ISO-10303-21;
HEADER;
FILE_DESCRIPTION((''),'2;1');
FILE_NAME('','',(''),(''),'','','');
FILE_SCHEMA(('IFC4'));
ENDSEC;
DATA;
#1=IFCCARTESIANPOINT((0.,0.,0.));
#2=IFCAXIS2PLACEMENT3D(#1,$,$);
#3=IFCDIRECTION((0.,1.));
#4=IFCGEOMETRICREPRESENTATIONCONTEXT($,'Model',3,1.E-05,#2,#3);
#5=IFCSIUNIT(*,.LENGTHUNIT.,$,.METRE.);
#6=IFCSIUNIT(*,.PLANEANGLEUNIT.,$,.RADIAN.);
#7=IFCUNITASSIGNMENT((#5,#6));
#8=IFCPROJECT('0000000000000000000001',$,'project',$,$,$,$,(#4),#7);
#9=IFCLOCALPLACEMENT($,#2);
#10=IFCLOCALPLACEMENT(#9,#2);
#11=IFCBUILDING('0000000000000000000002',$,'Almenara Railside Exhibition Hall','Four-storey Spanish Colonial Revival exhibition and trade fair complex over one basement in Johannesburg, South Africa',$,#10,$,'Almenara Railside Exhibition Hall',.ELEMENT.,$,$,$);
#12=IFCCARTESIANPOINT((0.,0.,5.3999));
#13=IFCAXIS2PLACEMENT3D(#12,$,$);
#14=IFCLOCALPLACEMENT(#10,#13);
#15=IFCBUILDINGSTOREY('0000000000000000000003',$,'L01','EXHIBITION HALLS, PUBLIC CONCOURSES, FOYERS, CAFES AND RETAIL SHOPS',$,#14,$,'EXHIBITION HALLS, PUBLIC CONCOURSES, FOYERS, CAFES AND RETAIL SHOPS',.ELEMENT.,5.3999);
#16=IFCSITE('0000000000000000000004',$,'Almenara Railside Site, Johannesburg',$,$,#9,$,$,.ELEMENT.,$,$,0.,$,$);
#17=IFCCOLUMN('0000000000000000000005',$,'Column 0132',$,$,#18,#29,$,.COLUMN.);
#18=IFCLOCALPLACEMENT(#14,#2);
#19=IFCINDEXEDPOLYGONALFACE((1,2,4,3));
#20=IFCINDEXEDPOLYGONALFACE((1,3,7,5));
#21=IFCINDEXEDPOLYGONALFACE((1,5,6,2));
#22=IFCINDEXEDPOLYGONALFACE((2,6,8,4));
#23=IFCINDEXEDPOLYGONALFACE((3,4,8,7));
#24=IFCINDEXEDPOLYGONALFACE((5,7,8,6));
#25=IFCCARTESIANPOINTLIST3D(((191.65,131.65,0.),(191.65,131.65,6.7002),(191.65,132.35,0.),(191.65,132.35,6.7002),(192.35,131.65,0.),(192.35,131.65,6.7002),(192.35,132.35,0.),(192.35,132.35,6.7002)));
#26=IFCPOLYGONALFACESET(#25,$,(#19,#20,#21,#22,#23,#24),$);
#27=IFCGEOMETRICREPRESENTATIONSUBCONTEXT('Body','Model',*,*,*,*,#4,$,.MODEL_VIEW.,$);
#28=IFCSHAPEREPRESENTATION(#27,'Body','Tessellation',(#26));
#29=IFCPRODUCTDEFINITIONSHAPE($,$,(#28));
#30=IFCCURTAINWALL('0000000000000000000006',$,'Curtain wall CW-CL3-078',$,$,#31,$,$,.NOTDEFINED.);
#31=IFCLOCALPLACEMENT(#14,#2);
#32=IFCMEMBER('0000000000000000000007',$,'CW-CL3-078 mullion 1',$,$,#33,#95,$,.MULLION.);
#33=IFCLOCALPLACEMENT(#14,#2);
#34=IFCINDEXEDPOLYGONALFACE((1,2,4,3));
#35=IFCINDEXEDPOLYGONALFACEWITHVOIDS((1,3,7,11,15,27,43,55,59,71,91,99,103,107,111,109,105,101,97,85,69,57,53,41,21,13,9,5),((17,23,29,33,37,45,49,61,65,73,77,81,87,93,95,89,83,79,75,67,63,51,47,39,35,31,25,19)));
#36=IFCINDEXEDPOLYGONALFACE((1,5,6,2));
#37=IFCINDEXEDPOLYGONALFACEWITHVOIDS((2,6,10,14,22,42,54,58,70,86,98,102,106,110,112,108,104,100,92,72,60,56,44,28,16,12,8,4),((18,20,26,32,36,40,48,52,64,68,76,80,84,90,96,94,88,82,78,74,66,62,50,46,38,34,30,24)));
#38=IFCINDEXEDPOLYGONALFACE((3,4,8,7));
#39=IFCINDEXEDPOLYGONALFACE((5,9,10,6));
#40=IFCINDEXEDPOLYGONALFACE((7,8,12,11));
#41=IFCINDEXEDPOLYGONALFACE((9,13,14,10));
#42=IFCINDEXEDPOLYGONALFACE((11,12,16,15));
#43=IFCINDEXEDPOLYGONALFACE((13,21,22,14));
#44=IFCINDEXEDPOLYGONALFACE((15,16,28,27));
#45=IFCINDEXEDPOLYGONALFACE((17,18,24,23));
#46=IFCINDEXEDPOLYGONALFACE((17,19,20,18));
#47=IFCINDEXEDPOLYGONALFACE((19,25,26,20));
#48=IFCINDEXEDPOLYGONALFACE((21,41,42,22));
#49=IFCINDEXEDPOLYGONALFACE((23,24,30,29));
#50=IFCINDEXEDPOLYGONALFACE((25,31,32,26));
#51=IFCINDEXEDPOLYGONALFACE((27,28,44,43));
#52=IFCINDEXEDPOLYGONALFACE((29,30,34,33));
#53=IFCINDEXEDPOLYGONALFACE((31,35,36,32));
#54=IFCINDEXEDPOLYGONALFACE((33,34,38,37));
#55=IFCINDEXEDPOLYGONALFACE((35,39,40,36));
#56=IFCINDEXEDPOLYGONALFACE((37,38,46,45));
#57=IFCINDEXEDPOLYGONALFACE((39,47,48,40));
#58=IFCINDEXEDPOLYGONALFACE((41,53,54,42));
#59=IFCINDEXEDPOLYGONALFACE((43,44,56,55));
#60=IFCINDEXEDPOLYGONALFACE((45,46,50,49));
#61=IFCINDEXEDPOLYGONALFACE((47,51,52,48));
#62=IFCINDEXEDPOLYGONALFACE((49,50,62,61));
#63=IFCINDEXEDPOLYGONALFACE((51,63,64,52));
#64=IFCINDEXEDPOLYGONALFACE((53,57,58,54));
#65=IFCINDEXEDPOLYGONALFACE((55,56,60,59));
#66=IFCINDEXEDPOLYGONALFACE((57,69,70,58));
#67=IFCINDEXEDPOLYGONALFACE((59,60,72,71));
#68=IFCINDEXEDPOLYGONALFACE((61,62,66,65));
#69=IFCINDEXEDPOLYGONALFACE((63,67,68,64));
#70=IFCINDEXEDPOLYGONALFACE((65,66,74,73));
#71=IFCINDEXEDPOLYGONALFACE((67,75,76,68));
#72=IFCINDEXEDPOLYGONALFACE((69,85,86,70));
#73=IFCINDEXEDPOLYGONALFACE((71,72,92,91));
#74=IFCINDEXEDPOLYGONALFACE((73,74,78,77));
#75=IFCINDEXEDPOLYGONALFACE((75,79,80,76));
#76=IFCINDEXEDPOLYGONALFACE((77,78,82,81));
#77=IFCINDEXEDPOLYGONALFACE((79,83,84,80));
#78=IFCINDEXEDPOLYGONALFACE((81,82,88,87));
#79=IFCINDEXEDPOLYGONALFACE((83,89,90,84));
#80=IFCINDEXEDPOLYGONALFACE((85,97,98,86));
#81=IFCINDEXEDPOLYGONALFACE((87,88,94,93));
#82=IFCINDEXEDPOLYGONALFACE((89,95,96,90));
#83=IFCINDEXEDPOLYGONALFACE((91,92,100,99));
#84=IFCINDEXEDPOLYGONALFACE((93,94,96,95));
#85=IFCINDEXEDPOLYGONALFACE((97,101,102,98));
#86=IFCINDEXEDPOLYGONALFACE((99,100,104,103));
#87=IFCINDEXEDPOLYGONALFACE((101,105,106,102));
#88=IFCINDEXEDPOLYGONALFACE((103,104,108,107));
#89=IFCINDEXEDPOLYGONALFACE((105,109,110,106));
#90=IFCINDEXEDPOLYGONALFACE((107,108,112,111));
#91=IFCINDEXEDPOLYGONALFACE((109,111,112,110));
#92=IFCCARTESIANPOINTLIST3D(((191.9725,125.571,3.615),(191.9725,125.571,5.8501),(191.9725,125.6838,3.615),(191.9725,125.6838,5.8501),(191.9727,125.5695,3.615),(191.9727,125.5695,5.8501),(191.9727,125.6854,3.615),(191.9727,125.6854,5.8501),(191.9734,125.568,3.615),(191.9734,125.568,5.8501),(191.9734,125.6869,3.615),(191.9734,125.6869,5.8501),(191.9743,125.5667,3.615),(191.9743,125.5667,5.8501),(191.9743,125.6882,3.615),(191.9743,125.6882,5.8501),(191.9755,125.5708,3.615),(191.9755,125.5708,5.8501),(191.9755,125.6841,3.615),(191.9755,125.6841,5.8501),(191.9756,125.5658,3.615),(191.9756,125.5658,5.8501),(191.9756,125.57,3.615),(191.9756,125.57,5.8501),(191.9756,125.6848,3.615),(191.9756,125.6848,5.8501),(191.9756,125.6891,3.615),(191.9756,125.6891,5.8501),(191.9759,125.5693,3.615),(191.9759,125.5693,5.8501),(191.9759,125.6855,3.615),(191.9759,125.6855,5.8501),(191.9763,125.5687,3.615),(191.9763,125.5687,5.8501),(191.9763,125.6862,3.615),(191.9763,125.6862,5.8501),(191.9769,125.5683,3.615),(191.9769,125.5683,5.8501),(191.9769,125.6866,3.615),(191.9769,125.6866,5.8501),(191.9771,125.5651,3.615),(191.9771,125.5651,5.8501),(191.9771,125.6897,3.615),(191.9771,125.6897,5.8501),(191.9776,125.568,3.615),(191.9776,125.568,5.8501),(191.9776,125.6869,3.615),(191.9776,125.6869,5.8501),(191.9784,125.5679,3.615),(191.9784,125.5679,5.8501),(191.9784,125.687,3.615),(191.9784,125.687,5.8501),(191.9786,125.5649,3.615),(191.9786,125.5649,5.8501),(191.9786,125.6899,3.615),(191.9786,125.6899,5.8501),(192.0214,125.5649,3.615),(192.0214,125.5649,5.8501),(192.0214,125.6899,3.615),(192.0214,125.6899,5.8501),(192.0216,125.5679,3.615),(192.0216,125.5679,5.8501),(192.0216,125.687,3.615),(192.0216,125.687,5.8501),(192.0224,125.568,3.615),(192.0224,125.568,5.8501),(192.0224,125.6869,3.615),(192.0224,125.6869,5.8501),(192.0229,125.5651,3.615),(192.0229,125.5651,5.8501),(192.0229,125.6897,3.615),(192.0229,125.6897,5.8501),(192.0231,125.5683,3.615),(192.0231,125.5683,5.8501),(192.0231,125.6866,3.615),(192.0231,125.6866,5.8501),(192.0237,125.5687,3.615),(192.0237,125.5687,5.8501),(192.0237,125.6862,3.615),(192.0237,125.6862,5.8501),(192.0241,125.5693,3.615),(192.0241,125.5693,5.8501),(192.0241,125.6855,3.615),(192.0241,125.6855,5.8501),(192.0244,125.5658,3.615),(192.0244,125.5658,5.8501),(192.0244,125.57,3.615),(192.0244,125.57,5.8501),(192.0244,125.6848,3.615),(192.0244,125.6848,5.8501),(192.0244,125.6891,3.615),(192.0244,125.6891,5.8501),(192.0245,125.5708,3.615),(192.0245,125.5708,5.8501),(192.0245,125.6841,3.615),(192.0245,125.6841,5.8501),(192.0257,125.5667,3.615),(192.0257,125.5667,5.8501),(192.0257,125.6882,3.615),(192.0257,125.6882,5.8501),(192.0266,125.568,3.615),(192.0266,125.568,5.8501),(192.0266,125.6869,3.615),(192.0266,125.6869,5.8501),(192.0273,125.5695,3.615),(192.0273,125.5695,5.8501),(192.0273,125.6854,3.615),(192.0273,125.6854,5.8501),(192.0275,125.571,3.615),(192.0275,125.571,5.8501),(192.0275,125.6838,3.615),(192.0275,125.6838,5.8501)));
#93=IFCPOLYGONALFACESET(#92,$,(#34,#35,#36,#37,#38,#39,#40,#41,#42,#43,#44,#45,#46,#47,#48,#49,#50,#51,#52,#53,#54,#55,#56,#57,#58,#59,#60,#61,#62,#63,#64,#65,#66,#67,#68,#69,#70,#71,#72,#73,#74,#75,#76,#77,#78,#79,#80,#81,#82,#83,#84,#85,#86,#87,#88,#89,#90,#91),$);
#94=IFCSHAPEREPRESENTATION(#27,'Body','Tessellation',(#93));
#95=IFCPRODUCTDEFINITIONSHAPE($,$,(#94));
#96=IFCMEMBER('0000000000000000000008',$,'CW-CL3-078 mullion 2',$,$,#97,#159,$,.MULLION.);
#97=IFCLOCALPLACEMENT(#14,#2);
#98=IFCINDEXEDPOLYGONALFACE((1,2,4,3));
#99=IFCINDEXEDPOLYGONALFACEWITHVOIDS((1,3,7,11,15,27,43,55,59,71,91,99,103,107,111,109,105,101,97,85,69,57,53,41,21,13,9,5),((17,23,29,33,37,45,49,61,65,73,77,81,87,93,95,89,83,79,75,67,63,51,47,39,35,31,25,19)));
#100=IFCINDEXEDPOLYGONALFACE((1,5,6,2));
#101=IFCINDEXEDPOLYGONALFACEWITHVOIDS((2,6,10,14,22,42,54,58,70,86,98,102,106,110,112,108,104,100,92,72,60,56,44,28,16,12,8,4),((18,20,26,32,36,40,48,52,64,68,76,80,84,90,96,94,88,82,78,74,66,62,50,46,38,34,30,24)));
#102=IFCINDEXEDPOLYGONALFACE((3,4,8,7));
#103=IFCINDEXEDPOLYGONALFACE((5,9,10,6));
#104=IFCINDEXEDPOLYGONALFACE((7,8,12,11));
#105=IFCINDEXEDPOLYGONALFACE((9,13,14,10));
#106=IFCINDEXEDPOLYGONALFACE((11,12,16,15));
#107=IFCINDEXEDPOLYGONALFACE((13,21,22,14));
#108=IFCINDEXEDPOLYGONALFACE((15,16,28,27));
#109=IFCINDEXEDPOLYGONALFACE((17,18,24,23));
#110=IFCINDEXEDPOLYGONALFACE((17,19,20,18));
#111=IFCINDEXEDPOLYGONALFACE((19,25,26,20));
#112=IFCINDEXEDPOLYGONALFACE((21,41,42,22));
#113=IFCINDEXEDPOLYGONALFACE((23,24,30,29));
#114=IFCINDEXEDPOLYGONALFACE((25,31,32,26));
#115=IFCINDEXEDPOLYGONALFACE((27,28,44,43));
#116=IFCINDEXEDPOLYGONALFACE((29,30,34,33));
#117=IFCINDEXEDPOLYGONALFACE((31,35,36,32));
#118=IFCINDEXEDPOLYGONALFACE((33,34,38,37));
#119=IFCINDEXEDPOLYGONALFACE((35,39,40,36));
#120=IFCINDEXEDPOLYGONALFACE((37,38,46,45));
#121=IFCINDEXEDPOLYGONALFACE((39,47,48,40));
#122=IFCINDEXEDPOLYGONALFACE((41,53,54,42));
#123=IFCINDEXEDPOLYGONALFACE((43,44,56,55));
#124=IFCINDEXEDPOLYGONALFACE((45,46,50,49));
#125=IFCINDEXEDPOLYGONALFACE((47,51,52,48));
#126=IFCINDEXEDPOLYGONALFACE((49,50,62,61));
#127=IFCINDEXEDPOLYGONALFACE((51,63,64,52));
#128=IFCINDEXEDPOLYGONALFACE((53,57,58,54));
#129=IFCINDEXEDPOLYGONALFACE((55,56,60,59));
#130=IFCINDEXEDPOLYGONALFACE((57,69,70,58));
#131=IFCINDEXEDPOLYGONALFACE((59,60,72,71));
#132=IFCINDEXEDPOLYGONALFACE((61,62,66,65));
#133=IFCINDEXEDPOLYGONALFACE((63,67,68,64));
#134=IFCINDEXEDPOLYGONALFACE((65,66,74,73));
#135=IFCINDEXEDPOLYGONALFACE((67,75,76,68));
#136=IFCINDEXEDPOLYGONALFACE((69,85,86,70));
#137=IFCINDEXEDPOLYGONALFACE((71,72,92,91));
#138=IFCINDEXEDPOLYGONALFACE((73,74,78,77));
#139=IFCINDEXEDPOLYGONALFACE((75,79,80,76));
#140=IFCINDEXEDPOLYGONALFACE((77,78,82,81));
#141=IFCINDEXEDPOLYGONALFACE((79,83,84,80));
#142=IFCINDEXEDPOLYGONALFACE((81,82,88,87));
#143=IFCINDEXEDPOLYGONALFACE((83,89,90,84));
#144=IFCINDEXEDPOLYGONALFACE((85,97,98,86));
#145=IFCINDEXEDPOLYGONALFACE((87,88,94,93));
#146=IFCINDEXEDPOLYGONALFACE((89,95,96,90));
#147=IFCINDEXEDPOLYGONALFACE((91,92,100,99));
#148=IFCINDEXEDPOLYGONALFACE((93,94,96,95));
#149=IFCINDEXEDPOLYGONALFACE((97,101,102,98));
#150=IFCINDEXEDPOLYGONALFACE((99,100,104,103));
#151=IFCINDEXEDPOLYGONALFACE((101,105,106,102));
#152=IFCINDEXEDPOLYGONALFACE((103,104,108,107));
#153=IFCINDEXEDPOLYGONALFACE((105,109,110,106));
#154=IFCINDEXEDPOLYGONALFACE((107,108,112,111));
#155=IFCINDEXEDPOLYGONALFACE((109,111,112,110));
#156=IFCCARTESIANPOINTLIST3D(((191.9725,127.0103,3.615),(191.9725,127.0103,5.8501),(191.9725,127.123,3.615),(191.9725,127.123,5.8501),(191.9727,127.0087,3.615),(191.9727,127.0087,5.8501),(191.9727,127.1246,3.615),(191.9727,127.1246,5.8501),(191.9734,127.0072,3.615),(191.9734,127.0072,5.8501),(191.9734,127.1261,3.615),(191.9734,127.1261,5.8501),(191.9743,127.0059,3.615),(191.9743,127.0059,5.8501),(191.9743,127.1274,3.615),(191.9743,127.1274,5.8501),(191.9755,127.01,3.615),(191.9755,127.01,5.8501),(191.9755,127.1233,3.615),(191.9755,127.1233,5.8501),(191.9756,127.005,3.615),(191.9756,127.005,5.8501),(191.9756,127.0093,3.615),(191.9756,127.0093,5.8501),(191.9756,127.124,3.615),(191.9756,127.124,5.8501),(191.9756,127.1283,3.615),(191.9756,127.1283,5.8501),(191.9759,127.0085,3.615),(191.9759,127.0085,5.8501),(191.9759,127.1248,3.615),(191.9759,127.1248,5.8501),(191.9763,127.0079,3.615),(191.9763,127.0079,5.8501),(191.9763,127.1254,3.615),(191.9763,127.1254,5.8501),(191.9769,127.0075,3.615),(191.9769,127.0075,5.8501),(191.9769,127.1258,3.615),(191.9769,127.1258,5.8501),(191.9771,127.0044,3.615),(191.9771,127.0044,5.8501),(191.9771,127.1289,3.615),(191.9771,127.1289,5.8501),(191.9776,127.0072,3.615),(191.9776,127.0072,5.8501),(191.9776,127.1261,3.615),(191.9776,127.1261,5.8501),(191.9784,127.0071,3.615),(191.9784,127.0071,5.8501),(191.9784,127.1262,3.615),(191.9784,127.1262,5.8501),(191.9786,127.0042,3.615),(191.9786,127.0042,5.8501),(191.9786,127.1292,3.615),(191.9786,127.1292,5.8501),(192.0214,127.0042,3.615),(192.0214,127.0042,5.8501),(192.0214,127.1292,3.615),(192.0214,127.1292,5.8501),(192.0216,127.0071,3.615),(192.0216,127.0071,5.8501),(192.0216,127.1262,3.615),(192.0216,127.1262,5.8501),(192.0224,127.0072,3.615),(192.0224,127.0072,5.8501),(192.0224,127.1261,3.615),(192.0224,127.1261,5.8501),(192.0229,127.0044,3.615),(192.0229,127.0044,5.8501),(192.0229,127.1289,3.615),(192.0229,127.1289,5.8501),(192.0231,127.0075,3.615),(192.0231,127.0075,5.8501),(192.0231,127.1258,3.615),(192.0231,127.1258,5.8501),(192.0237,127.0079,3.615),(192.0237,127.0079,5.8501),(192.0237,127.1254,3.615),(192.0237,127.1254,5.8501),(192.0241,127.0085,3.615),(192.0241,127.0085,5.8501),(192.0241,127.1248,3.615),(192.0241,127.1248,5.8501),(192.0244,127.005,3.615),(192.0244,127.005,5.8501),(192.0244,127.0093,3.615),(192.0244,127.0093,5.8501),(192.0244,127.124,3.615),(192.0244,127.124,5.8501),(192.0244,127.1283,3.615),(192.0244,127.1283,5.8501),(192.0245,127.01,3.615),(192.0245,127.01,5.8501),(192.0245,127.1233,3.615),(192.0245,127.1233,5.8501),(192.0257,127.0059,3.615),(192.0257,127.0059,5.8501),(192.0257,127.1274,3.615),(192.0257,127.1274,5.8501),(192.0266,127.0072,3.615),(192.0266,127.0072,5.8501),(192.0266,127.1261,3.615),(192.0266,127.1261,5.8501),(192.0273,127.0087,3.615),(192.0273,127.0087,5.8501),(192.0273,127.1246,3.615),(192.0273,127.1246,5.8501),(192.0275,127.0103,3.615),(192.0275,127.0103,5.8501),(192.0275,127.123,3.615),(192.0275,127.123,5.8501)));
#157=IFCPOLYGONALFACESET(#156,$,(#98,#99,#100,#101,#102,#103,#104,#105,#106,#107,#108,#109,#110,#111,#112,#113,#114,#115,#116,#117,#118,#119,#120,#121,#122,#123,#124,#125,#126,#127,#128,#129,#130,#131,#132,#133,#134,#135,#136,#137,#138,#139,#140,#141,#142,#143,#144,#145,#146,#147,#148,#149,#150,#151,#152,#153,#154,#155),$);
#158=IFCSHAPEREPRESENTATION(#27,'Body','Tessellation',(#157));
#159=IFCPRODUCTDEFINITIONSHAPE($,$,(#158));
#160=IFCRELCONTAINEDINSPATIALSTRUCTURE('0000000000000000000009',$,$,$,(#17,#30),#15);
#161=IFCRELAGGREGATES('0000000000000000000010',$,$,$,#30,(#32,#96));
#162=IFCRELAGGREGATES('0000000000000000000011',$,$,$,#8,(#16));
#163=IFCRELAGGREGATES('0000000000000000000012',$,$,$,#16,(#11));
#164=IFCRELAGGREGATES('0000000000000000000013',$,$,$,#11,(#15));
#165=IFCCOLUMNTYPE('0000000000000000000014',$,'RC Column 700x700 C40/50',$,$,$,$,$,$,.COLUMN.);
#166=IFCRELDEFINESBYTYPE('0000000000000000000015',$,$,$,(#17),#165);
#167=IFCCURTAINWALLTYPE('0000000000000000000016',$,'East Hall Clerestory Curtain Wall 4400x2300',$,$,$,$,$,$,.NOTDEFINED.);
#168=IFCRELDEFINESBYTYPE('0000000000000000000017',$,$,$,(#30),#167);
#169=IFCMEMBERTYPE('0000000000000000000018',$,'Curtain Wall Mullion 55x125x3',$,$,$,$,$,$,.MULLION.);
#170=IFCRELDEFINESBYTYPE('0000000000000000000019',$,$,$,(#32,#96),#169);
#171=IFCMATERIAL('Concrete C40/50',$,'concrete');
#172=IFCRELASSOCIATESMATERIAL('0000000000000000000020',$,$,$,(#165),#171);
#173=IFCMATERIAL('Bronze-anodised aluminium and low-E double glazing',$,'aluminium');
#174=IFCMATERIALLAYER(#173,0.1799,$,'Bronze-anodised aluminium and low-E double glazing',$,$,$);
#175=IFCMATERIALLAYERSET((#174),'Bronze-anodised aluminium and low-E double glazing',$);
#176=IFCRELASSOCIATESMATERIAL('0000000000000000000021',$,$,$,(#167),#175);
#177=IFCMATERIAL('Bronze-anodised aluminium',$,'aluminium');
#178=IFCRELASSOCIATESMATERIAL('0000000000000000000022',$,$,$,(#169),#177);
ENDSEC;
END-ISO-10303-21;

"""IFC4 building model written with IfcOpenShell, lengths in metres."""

from ifc_helpers import new_model, si_unit, direction, frame, origin, origin_2d, place, context, subcontext, project, spatial, rectangle, hollow_rectangle, extrude, material, layer, layer_set, material_profile, profile_set, type_object, element, aggregate, save


model = new_model("IFC4")

# Units and contexts
model_context = context("Model", 3, precision=1e-05, world=origin(), true_north=direction((0.0, 1.0)))
body_context = subcontext(model_context, "Body", "Model", "MODEL_VIEW")
ifc_project = project(units=[si_unit("LENGTHUNIT", "METRE"), si_unit("PLANEANGLEUNIT", "RADIAN")], contexts=[model_context])

# Site, building, storey
site_placement = place(None, origin())
site = spatial("IfcSite", under=ifc_project, at=site_placement, Name="Almenara Railside Site, Johannesburg", CompositionType="ELEMENT", RefElevation=0.0)
building_placement = place(site_placement, origin())
building = spatial("IfcBuilding", under=site, at=building_placement, Name="Almenara Railside Exhibition Hall", Description="Four-storey Spanish Colonial Revival exhibition and trade fair complex over one basement in Johannesburg, South Africa", LongName="Almenara Railside Exhibition Hall", CompositionType="ELEMENT")
storey_placement = place(building_placement, frame((0.0, 0.0, 5.3999)))
storey = spatial("IfcBuildingStorey", under=building, at=storey_placement, Name="L01", Description="EXHIBITION HALLS, PUBLIC CONCOURSES, FOYERS, CAFES AND RETAIL SHOPS", LongName="EXHIBITION HALLS, PUBLIC CONCOURSES, FOYERS, CAFES AND RETAIL SHOPS", CompositionType="ELEMENT", Elevation=5.3999)

# Column
ifc_material_1 = material(Name="Concrete C40/50", Category="concrete")
ifc_material_profile_1 = material_profile(ifc_material_1, rectangle(XDim=0.7, YDim=0.7, at=origin_2d()), Name="RC 700x700")
ifc_profile_set_1 = profile_set([ifc_material_profile_1], Name="Concrete C40/50")
column_type = type_object("IfcColumnType", Name="RC Column 700x700 C40/50", PredefinedType="COLUMN", material=ifc_profile_set_1)
column_placement = place(storey_placement, frame((192.0, 132.0, 0.0), z_axis=(0.0, 0.0, 1.0), x_axis=(1.0, 0.0, 0.0)))
element("IfcColumn", 1, at=column_placement, inside=storey, type_object=column_type, Name="Column 0132", PredefinedType="COLUMN", context=body_context, shape_type="SweptSolid", body=[
    extrude(rectangle(XDim=0.7, YDim=0.7, at=origin_2d()), origin(), (0.0, 0.0, 1.0), 6.7002),
])

# Curtain wall, members
ifc_material_2 = material(Name="Bronze-anodised aluminium and low-E double glazing", Category="aluminium")
ifc_layer_1 = layer(ifc_material_2, 0.1799, Name="Bronze-anodised aluminium and low-E double glazing")
ifc_layer_set_1 = layer_set([ifc_layer_1], Name="Bronze-anodised aluminium and low-E double glazing")
curtain_wall_type = type_object("IfcCurtainWallType", Name="East Hall Clerestory Curtain Wall 4400x2300", PredefinedType="NOTDEFINED", material=ifc_layer_set_1)
curtain_wall_1_placement = place(storey_placement, origin())
curtain_wall_1 = element("IfcCurtainWall", 2, at=curtain_wall_1_placement, inside=storey, type_object=curtain_wall_type, Name="Curtain wall CW-CL3-078", PredefinedType="NOTDEFINED")
ifc_material_3 = material(Name="Bronze-anodised aluminium", Category="aluminium")
ifc_material_profile_2 = material_profile(ifc_material_3, hollow_rectangle(XDim=0.0549, YDim=0.125, WallThickness=0.0029, InnerFilletRadius=0.0029, OuterFilletRadius=0.0061, at=origin_2d()), Name="ALU-MUL 55x125x3")
ifc_profile_set_2 = profile_set([ifc_material_profile_2], Name="Bronze-anodised aluminium")
member_type_1 = type_object("IfcMemberType", Name="Curtain Wall Mullion 55x125x3", PredefinedType="MULLION", material=ifc_profile_set_2)
member_1_placement = place(storey_placement, frame((192.0, 125.6274, 3.615), z_axis=(0.0, 0.0, 1.0), x_axis=(-1.0, 0.0, 0.0)))
member_1 = element("IfcMember", 3, at=member_1_placement, type_object=member_type_1, Name="CW-CL3-078 mullion 1", PredefinedType="MULLION", context=body_context, shape_type="SweptSolid", body=[
    extrude(hollow_rectangle(XDim=0.0549, YDim=0.125, WallThickness=0.0029, InnerFilletRadius=0.0029, OuterFilletRadius=0.0061, at=origin_2d()), origin(), (0.0, 0.0, 1.0), 2.2351),
])
member_2_placement = place(storey_placement, frame((192.0, 127.0667, 3.615), z_axis=(0.0, 0.0, 1.0), x_axis=(-1.0, 0.0, 0.0)))
member_2 = element("IfcMember", 4, at=member_2_placement, type_object=member_type_1, Name="CW-CL3-078 mullion 2", PredefinedType="MULLION", context=body_context, shape_type="SweptSolid", body=[
    extrude(hollow_rectangle(XDim=0.0549, YDim=0.125, WallThickness=0.0029, InnerFilletRadius=0.0029, OuterFilletRadius=0.0061, at=origin_2d()), origin(), (0.0, 0.0, 1.0), 2.2351),
])

aggregate(curtain_wall_1, [member_1, member_2])

save(model, "model.ifc")
